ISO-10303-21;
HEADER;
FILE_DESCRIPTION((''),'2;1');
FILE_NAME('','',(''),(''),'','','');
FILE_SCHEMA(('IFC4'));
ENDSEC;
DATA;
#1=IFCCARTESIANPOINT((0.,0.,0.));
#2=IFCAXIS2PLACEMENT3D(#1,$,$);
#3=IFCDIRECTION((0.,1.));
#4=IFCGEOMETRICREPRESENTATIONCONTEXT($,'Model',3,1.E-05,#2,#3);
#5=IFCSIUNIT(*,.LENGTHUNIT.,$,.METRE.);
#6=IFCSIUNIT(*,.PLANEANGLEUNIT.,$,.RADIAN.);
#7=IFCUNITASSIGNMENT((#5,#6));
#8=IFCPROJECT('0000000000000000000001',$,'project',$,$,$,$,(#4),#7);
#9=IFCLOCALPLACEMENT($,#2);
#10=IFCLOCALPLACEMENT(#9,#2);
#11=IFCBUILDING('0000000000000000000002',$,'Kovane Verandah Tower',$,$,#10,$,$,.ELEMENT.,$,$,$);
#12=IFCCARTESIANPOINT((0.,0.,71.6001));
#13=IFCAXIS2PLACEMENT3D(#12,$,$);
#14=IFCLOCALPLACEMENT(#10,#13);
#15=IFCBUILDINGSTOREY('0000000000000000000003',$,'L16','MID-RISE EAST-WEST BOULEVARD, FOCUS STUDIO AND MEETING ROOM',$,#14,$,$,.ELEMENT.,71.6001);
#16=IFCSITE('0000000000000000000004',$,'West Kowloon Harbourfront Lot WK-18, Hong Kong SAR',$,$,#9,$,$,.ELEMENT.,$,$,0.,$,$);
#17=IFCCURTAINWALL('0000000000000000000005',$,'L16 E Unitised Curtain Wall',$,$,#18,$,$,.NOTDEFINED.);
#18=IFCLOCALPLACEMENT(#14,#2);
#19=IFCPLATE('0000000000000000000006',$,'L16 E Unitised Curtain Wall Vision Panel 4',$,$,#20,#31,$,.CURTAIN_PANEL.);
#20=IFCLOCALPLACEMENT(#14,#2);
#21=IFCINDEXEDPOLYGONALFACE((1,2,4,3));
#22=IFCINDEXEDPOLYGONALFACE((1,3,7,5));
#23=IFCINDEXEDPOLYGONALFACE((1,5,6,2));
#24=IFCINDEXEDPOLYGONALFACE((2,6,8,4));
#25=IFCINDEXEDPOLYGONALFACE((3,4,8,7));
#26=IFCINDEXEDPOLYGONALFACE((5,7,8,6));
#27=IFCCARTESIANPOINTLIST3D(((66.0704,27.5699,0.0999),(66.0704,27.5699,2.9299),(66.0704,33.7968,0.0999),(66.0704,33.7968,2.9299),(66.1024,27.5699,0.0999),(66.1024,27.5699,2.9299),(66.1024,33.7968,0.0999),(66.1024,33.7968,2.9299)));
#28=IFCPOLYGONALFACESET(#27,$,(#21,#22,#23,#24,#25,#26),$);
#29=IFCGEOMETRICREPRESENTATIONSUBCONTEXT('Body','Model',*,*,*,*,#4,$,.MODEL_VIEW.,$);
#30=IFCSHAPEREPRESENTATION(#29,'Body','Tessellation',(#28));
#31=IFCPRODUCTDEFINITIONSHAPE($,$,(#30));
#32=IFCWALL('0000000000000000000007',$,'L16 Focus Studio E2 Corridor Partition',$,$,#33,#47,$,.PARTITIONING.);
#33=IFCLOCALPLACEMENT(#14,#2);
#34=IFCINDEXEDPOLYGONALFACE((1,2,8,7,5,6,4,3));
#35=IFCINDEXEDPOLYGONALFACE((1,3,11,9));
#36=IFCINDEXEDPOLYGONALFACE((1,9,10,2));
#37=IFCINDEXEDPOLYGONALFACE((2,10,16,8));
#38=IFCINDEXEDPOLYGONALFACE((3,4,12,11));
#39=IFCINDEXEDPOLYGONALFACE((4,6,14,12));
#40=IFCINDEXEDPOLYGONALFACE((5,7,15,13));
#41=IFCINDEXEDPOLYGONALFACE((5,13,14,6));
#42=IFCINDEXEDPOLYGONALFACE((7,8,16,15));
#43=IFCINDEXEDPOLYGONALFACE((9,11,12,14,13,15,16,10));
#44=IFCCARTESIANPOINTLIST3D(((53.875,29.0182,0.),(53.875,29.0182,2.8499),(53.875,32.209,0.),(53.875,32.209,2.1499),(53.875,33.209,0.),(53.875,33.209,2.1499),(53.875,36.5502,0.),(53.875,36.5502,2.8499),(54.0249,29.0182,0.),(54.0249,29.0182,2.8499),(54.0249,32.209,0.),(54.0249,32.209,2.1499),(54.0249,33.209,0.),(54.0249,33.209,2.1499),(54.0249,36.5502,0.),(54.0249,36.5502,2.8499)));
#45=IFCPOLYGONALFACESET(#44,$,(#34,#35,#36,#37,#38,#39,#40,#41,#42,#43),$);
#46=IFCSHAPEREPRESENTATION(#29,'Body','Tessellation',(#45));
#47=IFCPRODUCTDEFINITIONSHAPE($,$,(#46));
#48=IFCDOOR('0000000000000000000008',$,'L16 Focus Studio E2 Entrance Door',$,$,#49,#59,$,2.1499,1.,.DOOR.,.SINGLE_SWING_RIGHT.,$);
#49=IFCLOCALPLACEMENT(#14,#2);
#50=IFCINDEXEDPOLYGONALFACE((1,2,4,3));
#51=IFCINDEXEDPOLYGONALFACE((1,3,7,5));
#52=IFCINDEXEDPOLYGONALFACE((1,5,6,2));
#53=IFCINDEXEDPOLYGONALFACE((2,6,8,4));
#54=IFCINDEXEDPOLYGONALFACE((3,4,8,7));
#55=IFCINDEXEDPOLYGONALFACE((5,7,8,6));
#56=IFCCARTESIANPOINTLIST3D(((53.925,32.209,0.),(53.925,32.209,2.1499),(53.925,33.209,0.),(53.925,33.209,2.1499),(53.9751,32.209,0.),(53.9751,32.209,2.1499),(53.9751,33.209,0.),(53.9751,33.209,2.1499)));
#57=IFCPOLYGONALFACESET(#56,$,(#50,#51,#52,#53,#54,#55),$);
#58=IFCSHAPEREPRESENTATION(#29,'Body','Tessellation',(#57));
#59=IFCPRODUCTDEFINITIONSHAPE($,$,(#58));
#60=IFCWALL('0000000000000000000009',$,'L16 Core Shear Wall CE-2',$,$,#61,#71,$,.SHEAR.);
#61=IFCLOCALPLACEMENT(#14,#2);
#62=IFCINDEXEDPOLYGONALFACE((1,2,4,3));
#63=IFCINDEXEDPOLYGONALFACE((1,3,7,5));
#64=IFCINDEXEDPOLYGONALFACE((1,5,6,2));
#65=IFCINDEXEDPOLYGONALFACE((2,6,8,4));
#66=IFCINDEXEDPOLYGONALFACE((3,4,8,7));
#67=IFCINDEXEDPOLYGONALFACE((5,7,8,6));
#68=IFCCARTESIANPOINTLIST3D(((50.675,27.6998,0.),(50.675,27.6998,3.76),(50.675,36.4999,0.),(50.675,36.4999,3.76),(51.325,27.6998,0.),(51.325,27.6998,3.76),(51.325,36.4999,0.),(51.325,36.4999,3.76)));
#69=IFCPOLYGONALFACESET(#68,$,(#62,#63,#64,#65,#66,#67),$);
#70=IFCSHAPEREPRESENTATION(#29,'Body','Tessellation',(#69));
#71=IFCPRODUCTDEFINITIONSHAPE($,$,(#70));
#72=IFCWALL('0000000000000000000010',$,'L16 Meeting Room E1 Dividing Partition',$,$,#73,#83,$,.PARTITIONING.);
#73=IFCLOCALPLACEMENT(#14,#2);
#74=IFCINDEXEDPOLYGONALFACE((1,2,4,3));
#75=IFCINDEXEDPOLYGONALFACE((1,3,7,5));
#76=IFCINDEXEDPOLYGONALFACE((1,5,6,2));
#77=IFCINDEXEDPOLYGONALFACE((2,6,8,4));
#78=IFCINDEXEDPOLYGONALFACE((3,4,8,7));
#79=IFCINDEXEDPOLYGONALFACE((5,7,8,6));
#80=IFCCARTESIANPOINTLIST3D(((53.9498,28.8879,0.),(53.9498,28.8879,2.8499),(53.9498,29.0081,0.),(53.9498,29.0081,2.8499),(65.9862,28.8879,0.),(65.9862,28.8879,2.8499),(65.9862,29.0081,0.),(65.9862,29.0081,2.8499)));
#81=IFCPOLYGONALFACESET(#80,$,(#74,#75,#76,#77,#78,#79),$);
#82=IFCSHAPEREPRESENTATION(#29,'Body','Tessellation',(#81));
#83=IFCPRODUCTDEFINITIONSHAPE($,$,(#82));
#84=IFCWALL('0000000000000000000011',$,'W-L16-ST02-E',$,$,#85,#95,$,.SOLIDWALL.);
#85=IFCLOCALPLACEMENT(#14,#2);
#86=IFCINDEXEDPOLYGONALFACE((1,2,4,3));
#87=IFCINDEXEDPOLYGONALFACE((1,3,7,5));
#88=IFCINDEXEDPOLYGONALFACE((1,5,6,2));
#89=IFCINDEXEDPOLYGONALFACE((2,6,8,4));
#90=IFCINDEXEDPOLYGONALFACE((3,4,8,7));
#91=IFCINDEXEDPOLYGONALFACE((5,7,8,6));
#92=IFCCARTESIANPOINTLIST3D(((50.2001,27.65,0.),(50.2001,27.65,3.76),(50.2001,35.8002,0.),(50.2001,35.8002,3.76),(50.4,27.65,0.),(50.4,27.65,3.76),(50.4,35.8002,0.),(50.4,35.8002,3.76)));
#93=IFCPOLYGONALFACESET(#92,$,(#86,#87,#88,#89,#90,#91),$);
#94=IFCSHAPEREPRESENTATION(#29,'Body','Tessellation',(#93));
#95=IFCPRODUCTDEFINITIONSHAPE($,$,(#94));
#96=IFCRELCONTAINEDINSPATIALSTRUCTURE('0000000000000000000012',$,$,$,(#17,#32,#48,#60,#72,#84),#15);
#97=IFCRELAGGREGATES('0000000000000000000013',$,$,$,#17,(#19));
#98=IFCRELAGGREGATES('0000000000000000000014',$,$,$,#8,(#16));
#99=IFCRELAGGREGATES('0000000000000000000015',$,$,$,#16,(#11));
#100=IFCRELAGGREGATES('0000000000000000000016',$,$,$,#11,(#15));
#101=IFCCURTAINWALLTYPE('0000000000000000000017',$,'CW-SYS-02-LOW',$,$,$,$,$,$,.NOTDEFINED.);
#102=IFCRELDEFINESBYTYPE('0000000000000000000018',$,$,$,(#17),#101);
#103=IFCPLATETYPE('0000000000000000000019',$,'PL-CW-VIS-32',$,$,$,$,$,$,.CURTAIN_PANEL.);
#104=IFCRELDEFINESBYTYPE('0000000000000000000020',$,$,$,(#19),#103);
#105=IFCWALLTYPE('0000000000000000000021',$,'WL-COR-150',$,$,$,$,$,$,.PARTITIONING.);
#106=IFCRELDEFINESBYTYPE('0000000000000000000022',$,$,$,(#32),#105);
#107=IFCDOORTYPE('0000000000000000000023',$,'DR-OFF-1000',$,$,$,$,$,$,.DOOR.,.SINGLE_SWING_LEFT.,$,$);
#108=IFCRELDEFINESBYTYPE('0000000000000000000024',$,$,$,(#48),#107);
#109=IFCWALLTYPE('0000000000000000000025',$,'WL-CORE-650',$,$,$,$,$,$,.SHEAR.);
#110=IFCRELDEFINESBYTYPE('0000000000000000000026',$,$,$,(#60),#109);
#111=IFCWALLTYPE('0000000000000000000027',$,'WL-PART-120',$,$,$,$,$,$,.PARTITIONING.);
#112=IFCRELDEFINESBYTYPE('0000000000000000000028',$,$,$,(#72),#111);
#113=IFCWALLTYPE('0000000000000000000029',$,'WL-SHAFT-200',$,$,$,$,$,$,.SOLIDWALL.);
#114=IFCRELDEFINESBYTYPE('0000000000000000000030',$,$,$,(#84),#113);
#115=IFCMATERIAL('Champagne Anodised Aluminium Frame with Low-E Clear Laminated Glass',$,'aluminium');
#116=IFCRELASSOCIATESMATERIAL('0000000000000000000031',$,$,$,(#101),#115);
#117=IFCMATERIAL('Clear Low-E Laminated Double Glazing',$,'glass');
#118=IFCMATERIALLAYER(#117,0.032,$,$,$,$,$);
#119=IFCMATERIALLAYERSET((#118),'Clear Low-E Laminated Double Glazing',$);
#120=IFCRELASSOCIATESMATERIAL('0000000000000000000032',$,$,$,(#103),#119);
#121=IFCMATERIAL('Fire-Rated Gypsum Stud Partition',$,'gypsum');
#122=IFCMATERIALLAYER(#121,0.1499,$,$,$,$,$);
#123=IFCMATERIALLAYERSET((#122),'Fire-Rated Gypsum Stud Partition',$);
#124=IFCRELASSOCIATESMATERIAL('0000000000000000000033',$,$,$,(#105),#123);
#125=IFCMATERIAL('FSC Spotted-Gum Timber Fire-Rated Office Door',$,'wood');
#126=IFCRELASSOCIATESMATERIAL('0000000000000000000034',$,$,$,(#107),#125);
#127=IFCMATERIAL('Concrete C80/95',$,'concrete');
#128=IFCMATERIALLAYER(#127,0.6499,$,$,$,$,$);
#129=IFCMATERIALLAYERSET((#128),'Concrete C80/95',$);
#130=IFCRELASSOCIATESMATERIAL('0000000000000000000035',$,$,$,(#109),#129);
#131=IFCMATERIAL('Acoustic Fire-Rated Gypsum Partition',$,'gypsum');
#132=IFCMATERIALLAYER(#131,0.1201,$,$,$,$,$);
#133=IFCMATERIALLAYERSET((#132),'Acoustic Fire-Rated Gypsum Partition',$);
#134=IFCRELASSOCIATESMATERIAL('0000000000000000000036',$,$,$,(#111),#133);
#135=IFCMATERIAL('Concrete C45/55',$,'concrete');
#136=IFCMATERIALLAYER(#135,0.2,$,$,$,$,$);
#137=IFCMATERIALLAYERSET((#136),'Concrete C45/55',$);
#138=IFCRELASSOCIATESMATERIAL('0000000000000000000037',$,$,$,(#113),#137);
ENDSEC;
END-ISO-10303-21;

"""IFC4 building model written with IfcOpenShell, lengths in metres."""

from ifc_helpers import new_model, si_unit, direction, frame, frame_2d, origin, origin_2d, place, context, subcontext, project, spatial, rectangle, extrude, material, layer, layer_set, type_object, element, fill, aggregate, save


model = new_model("IFC4")

# Units and contexts
model_context = context("Model", 3, precision=1e-05, world=origin(), true_north=direction((0.0, 1.0)))
body_context = subcontext(model_context, "Body", "Model", "MODEL_VIEW")
ifc_project = project(units=[si_unit("LENGTHUNIT", "METRE"), si_unit("PLANEANGLEUNIT", "RADIAN")], contexts=[model_context])

# Site, building, storey
site_placement = place(None, origin())
site = spatial("IfcSite", under=ifc_project, at=site_placement, Name="West Kowloon Harbourfront Lot WK-18, Hong Kong SAR", CompositionType="ELEMENT", RefElevation=0.0)
building_placement = place(site_placement, origin())
building = spatial("IfcBuilding", under=site, at=building_placement, Name="Kovane Verandah Tower", CompositionType="ELEMENT")
storey_placement = place(building_placement, frame((0.0, 0.0, 71.6001)))
storey = spatial("IfcBuildingStorey", under=building, at=storey_placement, Name="L16", Description="MID-RISE EAST-WEST BOULEVARD, FOCUS STUDIO AND MEETING ROOM", CompositionType="ELEMENT", Elevation=71.6001)

# Shared definitions
ifc_material_1 = material(Name="Concrete C80/95", Category="concrete")

# Curtain wall
ifc_material_2 = material(Name="Champagne Anodised Aluminium Frame with Low-E Clear Laminated Glass", Category="aluminium")
curtain_wall_type = type_object("IfcCurtainWallType", Name="CW-SYS-02-LOW", PredefinedType="NOTDEFINED", material=ifc_material_2)
curtain_wall_placement = place(storey_placement, origin())
curtain_wall = element("IfcCurtainWall", 1, at=curtain_wall_placement, inside=storey, type_object=curtain_wall_type, Name="L16 E Unitised Curtain Wall", PredefinedType="NOTDEFINED")

# Plate
ifc_material_3 = material(Name="Clear Low-E Laminated Double Glazing", Category="glass")
ifc_layer_1 = layer(ifc_material_3, 0.032)
ifc_layer_set_1 = layer_set([ifc_layer_1], Name="Clear Low-E Laminated Double Glazing")
plate_type_1 = type_object("IfcPlateType", Name="PL-CW-VIS-32", PredefinedType="CURTAIN_PANEL", material=ifc_layer_set_1)
plate_1_placement = place(storey_placement, frame((66.0864, 30.6833, 0.0999), z_axis=(0.0, 0.0, 1.0), x_axis=(0.0, 1.0, 0.0)))
plate_1 = element("IfcPlate", 2, at=plate_1_placement, type_object=plate_type_1, Name="L16 E Unitised Curtain Wall Vision Panel 4", PredefinedType="CURTAIN_PANEL", context=body_context, shape_type="SweptSolid", body=[
    extrude(rectangle(XDim=6.2268, YDim=0.032, at=origin_2d()), origin(), (0.0, 0.0, 1.0), 2.8301),
])
aggregate(curtain_wall, [plate_1])

# Wall, opening, door
ifc_material_4 = material(Name="Fire-Rated Gypsum Stud Partition", Category="gypsum")
ifc_layer_2 = layer(ifc_material_4, 0.1499)
ifc_layer_set_2 = layer_set([ifc_layer_2], Name="Fire-Rated Gypsum Stud Partition")
wall_type_1 = type_object("IfcWallType", Name="WL-COR-150", PredefinedType="PARTITIONING", material=ifc_layer_set_2)
wall_1_placement = place(storey_placement, frame((53.95, 29.0181, 0.0), z_axis=(0.0, 0.0, 1.0), x_axis=(0.0, 1.0, 0.0)))
wall_1 = element("IfcWall", 3, at=wall_1_placement, inside=storey, type_object=wall_type_1, Name="L16 Focus Studio E2 Corridor Partition", PredefinedType="PARTITIONING", context=body_context, shape_type="SweptSolid", body=[
    extrude(rectangle(XDim=7.532, YDim=0.1499, at=frame_2d((3.7661, 0.0))), origin(), (0.0, 0.0, 1.0), 2.8499),
])
opening_placement = place(wall_1_placement, frame((3.1909, 0.0, 0.0)))
opening = element("IfcOpeningElement", 4, at=opening_placement, cuts=wall_1, PredefinedType="OPENING", context=body_context, shape_type="SweptSolid", body=[
    extrude(rectangle(XDim=1.0, YDim=2.1499, at=frame_2d((0.5, 1.075))), frame((0.0, 0.075, 0.0), z_axis=(0.0, -1.0, 0.0), x_axis=(1.0, 0.0, 0.0)), (0.0, 0.0, 1.0), 0.1499),
])
ifc_material_5 = material(Name="FSC Spotted-Gum Timber Fire-Rated Office Door", Category="wood")
door_type = type_object("IfcDoorType", Name="DR-OFF-1000", OperationType="SINGLE_SWING_LEFT", PredefinedType="DOOR", material=ifc_material_5)
door_placement = place(opening_placement, origin())
door = element("IfcDoor", 5, at=door_placement, inside=storey, type_object=door_type, Name="L16 Focus Studio E2 Entrance Door", OperationType="SINGLE_SWING_RIGHT", OverallHeight=2.1499, OverallWidth=1.0, PredefinedType="DOOR", context=body_context, shape_type="SweptSolid", body=[
    extrude(rectangle(XDim=1.0, YDim=2.1499, at=frame_2d((0.5, 1.075))), frame((0.0, 0.0249, 0.0), z_axis=(0.0, -1.0, 0.0), x_axis=(1.0, 0.0, 0.0)), (0.0, 0.0, 1.0), 0.05),
])
fill(opening, door)

# Walls
ifc_layer_3 = layer(ifc_material_1, 0.6499)
ifc_layer_set_3 = layer_set([ifc_layer_3], Name="Concrete C80/95")
wall_type_2 = type_object("IfcWallType", Name="WL-CORE-650", PredefinedType="SHEAR", material=ifc_layer_set_3)
wall_2_placement = place(storey_placement, frame((51.0, 27.7, 0.0), z_axis=(0.0, 0.0, 1.0), x_axis=(0.0, 1.0, 0.0)))
element("IfcWall", 6, at=wall_2_placement, inside=storey, type_object=wall_type_2, Name="L16 Core Shear Wall CE-2", PredefinedType="SHEAR", context=body_context, shape_type="SweptSolid", body=[
    extrude(rectangle(XDim=8.8, YDim=0.6499, at=frame_2d((4.3999, 0.0))), origin(), (0.0, 0.0, 1.0), 3.76),
])
ifc_material_6 = material(Name="Acoustic Fire-Rated Gypsum Partition", Category="gypsum")
ifc_layer_4 = layer(ifc_material_6, 0.1201)
ifc_layer_set_4 = layer_set([ifc_layer_4], Name="Acoustic Fire-Rated Gypsum Partition")
wall_type_3 = type_object("IfcWallType", Name="WL-PART-120", PredefinedType="PARTITIONING", material=ifc_layer_set_4)
wall_3_placement = place(storey_placement, frame((53.95, 28.948, 0.0), z_axis=(0.0, 0.0, 1.0), x_axis=(1.0, 0.0, 0.0)))
element("IfcWall", 7, at=wall_3_placement, inside=storey, type_object=wall_type_3, Name="L16 Meeting Room E1 Dividing Partition", PredefinedType="PARTITIONING", context=body_context, shape_type="SweptSolid", body=[
    extrude(rectangle(XDim=12.0364, YDim=0.1201, at=frame_2d((6.0181, 0.0))), origin(), (0.0, 0.0, 1.0), 2.8499),
])
ifc_material_7 = material(Name="Concrete C45/55", Category="concrete")
ifc_layer_5 = layer(ifc_material_7, 0.2)
ifc_layer_set_5 = layer_set([ifc_layer_5], Name="Concrete C45/55")
wall_type_4 = type_object("IfcWallType", Name="WL-SHAFT-200", PredefinedType="SOLIDWALL", material=ifc_layer_set_5)
wall_4_placement = place(storey_placement, frame((50.3, 27.6499, 0.0), z_axis=(0.0, 0.0, 1.0), x_axis=(0.0, 1.0, 0.0)))
element("IfcWall", 8, at=wall_4_placement, inside=storey, type_object=wall_type_4, Name="W-L16-ST02-E", PredefinedType="SOLIDWALL", context=body_context, shape_type="SweptSolid", body=[
    extrude(rectangle(XDim=8.1501, YDim=0.2, at=frame_2d((4.0752, 0.0))), origin(), (0.0, 0.0, 1.0), 3.76),
])

save(model, "model.ifc")
